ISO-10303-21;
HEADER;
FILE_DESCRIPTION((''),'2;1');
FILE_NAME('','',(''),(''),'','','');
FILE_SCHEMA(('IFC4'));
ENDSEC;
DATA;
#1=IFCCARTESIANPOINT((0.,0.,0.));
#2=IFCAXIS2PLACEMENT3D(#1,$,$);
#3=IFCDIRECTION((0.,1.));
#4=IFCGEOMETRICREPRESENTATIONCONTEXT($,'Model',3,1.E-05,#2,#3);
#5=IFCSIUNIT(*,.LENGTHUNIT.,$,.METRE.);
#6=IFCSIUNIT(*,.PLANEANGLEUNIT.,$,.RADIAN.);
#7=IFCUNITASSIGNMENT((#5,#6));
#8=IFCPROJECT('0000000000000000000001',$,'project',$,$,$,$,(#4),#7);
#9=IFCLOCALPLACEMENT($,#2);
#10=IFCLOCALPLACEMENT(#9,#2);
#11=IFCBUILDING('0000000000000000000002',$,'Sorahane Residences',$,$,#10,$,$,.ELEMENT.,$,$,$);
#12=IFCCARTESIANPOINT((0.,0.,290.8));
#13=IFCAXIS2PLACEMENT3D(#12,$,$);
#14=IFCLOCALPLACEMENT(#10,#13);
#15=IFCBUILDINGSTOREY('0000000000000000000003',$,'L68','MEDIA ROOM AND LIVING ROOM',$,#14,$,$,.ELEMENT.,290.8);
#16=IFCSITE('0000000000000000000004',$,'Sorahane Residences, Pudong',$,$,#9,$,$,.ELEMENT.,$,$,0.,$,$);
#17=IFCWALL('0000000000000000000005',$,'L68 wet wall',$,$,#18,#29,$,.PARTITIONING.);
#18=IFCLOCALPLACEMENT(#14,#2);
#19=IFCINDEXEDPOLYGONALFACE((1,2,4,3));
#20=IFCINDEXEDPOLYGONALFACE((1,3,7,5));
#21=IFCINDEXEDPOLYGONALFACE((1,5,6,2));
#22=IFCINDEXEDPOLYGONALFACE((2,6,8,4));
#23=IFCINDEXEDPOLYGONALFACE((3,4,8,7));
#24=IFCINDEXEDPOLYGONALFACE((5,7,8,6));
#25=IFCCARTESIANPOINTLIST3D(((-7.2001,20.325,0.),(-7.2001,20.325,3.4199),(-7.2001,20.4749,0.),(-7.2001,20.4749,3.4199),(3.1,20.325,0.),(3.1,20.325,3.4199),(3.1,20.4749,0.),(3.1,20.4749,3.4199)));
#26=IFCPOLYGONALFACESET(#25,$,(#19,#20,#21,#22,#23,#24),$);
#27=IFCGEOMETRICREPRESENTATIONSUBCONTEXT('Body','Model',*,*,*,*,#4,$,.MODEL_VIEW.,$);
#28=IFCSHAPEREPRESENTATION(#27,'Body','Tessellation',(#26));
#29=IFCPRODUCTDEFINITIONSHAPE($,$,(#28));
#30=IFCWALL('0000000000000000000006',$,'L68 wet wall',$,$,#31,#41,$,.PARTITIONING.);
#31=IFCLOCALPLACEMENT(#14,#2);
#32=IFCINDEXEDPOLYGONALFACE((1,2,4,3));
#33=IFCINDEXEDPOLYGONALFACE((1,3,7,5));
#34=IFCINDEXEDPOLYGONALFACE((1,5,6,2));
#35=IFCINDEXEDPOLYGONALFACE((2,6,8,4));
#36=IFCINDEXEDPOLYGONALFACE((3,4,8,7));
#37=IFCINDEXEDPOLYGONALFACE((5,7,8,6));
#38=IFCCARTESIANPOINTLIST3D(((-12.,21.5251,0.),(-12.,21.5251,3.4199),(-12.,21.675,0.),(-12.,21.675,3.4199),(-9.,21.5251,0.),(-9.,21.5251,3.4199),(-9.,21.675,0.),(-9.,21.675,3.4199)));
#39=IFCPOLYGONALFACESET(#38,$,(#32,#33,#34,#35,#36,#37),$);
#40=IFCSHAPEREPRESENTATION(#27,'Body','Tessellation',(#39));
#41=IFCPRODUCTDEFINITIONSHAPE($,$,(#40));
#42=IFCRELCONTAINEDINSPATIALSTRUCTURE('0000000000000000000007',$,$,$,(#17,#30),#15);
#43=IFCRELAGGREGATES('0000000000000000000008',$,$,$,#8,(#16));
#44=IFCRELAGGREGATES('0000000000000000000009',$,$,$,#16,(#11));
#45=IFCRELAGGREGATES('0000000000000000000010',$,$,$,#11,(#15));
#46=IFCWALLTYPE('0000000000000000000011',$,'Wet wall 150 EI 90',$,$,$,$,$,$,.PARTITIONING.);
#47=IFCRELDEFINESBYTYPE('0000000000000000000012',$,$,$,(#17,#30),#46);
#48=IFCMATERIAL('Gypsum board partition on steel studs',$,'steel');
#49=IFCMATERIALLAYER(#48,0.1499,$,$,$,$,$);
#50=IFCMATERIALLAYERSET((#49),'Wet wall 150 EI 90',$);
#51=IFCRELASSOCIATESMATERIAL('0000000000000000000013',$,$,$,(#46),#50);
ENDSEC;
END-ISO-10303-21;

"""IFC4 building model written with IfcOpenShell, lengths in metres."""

from ifc_helpers import new_model, si_unit, direction, frame, frame_2d, origin, place, context, subcontext, project, spatial, rectangle, extrude, material, layer, layer_set, type_object, element, save


model = new_model("IFC4")

# Units and contexts
model_context = context("Model", 3, precision=1e-05, world=origin(), true_north=direction((0.0, 1.0)))
body_context = subcontext(model_context, "Body", "Model", "MODEL_VIEW")
ifc_project = project(units=[si_unit("LENGTHUNIT", "METRE"), si_unit("PLANEANGLEUNIT", "RADIAN")], contexts=[model_context])

# Site, building, storey
site_placement = place(None, origin())
site = spatial("IfcSite", under=ifc_project, at=site_placement, Name="Sorahane Residences, Pudong", CompositionType="ELEMENT", RefElevation=0.0)
building_placement = place(site_placement, origin())
building = spatial("IfcBuilding", under=site, at=building_placement, Name="Sorahane Residences", CompositionType="ELEMENT")
storey_placement = place(building_placement, frame((0.0, 0.0, 290.8)))
storey = spatial("IfcBuildingStorey", under=building, at=storey_placement, Name="L68", Description="MEDIA ROOM AND LIVING ROOM", CompositionType="ELEMENT", Elevation=290.8)

# Shared definitions
ifc_material_1 = material(Name="Gypsum board partition on steel studs", Category="steel")
ifc_layer_1 = layer(ifc_material_1, 0.1499)
ifc_layer_set_1 = layer_set([ifc_layer_1], Name="Wet wall 150 EI 90")
wall_type_1 = type_object("IfcWallType", Name="Wet wall 150 EI 90", PredefinedType="PARTITIONING", material=ifc_layer_set_1)

# Walls
wall_1_placement = place(storey_placement, frame((-7.2, 20.3999, 0.0), z_axis=(0.0, 0.0, 1.0), x_axis=(1.0, 0.0, 0.0)))
element("IfcWall", 1, at=wall_1_placement, inside=storey, type_object=wall_type_1, Name="L68 wet wall", PredefinedType="PARTITIONING", context=body_context, shape_type="SweptSolid", body=[
    extrude(rectangle(XDim=10.3, YDim=0.1499, at=frame_2d((5.1499, 0.0))), origin(), (0.0, 0.0, 1.0), 3.4199),
])
wall_2_placement = place(storey_placement, frame((-12.0, 21.6001, 0.0), z_axis=(0.0, 0.0, 1.0), x_axis=(1.0, 0.0, 0.0)))
element("IfcWall", 2, at=wall_2_placement, inside=storey, type_object=wall_type_1, Name="L68 wet wall", PredefinedType="PARTITIONING", context=body_context, shape_type="SweptSolid", body=[
    extrude(rectangle(XDim=3.0, YDim=0.1499, at=frame_2d((1.5, 0.0))), origin(), (0.0, 0.0, 1.0), 3.4199),
])

save(model, "model.ifc")
